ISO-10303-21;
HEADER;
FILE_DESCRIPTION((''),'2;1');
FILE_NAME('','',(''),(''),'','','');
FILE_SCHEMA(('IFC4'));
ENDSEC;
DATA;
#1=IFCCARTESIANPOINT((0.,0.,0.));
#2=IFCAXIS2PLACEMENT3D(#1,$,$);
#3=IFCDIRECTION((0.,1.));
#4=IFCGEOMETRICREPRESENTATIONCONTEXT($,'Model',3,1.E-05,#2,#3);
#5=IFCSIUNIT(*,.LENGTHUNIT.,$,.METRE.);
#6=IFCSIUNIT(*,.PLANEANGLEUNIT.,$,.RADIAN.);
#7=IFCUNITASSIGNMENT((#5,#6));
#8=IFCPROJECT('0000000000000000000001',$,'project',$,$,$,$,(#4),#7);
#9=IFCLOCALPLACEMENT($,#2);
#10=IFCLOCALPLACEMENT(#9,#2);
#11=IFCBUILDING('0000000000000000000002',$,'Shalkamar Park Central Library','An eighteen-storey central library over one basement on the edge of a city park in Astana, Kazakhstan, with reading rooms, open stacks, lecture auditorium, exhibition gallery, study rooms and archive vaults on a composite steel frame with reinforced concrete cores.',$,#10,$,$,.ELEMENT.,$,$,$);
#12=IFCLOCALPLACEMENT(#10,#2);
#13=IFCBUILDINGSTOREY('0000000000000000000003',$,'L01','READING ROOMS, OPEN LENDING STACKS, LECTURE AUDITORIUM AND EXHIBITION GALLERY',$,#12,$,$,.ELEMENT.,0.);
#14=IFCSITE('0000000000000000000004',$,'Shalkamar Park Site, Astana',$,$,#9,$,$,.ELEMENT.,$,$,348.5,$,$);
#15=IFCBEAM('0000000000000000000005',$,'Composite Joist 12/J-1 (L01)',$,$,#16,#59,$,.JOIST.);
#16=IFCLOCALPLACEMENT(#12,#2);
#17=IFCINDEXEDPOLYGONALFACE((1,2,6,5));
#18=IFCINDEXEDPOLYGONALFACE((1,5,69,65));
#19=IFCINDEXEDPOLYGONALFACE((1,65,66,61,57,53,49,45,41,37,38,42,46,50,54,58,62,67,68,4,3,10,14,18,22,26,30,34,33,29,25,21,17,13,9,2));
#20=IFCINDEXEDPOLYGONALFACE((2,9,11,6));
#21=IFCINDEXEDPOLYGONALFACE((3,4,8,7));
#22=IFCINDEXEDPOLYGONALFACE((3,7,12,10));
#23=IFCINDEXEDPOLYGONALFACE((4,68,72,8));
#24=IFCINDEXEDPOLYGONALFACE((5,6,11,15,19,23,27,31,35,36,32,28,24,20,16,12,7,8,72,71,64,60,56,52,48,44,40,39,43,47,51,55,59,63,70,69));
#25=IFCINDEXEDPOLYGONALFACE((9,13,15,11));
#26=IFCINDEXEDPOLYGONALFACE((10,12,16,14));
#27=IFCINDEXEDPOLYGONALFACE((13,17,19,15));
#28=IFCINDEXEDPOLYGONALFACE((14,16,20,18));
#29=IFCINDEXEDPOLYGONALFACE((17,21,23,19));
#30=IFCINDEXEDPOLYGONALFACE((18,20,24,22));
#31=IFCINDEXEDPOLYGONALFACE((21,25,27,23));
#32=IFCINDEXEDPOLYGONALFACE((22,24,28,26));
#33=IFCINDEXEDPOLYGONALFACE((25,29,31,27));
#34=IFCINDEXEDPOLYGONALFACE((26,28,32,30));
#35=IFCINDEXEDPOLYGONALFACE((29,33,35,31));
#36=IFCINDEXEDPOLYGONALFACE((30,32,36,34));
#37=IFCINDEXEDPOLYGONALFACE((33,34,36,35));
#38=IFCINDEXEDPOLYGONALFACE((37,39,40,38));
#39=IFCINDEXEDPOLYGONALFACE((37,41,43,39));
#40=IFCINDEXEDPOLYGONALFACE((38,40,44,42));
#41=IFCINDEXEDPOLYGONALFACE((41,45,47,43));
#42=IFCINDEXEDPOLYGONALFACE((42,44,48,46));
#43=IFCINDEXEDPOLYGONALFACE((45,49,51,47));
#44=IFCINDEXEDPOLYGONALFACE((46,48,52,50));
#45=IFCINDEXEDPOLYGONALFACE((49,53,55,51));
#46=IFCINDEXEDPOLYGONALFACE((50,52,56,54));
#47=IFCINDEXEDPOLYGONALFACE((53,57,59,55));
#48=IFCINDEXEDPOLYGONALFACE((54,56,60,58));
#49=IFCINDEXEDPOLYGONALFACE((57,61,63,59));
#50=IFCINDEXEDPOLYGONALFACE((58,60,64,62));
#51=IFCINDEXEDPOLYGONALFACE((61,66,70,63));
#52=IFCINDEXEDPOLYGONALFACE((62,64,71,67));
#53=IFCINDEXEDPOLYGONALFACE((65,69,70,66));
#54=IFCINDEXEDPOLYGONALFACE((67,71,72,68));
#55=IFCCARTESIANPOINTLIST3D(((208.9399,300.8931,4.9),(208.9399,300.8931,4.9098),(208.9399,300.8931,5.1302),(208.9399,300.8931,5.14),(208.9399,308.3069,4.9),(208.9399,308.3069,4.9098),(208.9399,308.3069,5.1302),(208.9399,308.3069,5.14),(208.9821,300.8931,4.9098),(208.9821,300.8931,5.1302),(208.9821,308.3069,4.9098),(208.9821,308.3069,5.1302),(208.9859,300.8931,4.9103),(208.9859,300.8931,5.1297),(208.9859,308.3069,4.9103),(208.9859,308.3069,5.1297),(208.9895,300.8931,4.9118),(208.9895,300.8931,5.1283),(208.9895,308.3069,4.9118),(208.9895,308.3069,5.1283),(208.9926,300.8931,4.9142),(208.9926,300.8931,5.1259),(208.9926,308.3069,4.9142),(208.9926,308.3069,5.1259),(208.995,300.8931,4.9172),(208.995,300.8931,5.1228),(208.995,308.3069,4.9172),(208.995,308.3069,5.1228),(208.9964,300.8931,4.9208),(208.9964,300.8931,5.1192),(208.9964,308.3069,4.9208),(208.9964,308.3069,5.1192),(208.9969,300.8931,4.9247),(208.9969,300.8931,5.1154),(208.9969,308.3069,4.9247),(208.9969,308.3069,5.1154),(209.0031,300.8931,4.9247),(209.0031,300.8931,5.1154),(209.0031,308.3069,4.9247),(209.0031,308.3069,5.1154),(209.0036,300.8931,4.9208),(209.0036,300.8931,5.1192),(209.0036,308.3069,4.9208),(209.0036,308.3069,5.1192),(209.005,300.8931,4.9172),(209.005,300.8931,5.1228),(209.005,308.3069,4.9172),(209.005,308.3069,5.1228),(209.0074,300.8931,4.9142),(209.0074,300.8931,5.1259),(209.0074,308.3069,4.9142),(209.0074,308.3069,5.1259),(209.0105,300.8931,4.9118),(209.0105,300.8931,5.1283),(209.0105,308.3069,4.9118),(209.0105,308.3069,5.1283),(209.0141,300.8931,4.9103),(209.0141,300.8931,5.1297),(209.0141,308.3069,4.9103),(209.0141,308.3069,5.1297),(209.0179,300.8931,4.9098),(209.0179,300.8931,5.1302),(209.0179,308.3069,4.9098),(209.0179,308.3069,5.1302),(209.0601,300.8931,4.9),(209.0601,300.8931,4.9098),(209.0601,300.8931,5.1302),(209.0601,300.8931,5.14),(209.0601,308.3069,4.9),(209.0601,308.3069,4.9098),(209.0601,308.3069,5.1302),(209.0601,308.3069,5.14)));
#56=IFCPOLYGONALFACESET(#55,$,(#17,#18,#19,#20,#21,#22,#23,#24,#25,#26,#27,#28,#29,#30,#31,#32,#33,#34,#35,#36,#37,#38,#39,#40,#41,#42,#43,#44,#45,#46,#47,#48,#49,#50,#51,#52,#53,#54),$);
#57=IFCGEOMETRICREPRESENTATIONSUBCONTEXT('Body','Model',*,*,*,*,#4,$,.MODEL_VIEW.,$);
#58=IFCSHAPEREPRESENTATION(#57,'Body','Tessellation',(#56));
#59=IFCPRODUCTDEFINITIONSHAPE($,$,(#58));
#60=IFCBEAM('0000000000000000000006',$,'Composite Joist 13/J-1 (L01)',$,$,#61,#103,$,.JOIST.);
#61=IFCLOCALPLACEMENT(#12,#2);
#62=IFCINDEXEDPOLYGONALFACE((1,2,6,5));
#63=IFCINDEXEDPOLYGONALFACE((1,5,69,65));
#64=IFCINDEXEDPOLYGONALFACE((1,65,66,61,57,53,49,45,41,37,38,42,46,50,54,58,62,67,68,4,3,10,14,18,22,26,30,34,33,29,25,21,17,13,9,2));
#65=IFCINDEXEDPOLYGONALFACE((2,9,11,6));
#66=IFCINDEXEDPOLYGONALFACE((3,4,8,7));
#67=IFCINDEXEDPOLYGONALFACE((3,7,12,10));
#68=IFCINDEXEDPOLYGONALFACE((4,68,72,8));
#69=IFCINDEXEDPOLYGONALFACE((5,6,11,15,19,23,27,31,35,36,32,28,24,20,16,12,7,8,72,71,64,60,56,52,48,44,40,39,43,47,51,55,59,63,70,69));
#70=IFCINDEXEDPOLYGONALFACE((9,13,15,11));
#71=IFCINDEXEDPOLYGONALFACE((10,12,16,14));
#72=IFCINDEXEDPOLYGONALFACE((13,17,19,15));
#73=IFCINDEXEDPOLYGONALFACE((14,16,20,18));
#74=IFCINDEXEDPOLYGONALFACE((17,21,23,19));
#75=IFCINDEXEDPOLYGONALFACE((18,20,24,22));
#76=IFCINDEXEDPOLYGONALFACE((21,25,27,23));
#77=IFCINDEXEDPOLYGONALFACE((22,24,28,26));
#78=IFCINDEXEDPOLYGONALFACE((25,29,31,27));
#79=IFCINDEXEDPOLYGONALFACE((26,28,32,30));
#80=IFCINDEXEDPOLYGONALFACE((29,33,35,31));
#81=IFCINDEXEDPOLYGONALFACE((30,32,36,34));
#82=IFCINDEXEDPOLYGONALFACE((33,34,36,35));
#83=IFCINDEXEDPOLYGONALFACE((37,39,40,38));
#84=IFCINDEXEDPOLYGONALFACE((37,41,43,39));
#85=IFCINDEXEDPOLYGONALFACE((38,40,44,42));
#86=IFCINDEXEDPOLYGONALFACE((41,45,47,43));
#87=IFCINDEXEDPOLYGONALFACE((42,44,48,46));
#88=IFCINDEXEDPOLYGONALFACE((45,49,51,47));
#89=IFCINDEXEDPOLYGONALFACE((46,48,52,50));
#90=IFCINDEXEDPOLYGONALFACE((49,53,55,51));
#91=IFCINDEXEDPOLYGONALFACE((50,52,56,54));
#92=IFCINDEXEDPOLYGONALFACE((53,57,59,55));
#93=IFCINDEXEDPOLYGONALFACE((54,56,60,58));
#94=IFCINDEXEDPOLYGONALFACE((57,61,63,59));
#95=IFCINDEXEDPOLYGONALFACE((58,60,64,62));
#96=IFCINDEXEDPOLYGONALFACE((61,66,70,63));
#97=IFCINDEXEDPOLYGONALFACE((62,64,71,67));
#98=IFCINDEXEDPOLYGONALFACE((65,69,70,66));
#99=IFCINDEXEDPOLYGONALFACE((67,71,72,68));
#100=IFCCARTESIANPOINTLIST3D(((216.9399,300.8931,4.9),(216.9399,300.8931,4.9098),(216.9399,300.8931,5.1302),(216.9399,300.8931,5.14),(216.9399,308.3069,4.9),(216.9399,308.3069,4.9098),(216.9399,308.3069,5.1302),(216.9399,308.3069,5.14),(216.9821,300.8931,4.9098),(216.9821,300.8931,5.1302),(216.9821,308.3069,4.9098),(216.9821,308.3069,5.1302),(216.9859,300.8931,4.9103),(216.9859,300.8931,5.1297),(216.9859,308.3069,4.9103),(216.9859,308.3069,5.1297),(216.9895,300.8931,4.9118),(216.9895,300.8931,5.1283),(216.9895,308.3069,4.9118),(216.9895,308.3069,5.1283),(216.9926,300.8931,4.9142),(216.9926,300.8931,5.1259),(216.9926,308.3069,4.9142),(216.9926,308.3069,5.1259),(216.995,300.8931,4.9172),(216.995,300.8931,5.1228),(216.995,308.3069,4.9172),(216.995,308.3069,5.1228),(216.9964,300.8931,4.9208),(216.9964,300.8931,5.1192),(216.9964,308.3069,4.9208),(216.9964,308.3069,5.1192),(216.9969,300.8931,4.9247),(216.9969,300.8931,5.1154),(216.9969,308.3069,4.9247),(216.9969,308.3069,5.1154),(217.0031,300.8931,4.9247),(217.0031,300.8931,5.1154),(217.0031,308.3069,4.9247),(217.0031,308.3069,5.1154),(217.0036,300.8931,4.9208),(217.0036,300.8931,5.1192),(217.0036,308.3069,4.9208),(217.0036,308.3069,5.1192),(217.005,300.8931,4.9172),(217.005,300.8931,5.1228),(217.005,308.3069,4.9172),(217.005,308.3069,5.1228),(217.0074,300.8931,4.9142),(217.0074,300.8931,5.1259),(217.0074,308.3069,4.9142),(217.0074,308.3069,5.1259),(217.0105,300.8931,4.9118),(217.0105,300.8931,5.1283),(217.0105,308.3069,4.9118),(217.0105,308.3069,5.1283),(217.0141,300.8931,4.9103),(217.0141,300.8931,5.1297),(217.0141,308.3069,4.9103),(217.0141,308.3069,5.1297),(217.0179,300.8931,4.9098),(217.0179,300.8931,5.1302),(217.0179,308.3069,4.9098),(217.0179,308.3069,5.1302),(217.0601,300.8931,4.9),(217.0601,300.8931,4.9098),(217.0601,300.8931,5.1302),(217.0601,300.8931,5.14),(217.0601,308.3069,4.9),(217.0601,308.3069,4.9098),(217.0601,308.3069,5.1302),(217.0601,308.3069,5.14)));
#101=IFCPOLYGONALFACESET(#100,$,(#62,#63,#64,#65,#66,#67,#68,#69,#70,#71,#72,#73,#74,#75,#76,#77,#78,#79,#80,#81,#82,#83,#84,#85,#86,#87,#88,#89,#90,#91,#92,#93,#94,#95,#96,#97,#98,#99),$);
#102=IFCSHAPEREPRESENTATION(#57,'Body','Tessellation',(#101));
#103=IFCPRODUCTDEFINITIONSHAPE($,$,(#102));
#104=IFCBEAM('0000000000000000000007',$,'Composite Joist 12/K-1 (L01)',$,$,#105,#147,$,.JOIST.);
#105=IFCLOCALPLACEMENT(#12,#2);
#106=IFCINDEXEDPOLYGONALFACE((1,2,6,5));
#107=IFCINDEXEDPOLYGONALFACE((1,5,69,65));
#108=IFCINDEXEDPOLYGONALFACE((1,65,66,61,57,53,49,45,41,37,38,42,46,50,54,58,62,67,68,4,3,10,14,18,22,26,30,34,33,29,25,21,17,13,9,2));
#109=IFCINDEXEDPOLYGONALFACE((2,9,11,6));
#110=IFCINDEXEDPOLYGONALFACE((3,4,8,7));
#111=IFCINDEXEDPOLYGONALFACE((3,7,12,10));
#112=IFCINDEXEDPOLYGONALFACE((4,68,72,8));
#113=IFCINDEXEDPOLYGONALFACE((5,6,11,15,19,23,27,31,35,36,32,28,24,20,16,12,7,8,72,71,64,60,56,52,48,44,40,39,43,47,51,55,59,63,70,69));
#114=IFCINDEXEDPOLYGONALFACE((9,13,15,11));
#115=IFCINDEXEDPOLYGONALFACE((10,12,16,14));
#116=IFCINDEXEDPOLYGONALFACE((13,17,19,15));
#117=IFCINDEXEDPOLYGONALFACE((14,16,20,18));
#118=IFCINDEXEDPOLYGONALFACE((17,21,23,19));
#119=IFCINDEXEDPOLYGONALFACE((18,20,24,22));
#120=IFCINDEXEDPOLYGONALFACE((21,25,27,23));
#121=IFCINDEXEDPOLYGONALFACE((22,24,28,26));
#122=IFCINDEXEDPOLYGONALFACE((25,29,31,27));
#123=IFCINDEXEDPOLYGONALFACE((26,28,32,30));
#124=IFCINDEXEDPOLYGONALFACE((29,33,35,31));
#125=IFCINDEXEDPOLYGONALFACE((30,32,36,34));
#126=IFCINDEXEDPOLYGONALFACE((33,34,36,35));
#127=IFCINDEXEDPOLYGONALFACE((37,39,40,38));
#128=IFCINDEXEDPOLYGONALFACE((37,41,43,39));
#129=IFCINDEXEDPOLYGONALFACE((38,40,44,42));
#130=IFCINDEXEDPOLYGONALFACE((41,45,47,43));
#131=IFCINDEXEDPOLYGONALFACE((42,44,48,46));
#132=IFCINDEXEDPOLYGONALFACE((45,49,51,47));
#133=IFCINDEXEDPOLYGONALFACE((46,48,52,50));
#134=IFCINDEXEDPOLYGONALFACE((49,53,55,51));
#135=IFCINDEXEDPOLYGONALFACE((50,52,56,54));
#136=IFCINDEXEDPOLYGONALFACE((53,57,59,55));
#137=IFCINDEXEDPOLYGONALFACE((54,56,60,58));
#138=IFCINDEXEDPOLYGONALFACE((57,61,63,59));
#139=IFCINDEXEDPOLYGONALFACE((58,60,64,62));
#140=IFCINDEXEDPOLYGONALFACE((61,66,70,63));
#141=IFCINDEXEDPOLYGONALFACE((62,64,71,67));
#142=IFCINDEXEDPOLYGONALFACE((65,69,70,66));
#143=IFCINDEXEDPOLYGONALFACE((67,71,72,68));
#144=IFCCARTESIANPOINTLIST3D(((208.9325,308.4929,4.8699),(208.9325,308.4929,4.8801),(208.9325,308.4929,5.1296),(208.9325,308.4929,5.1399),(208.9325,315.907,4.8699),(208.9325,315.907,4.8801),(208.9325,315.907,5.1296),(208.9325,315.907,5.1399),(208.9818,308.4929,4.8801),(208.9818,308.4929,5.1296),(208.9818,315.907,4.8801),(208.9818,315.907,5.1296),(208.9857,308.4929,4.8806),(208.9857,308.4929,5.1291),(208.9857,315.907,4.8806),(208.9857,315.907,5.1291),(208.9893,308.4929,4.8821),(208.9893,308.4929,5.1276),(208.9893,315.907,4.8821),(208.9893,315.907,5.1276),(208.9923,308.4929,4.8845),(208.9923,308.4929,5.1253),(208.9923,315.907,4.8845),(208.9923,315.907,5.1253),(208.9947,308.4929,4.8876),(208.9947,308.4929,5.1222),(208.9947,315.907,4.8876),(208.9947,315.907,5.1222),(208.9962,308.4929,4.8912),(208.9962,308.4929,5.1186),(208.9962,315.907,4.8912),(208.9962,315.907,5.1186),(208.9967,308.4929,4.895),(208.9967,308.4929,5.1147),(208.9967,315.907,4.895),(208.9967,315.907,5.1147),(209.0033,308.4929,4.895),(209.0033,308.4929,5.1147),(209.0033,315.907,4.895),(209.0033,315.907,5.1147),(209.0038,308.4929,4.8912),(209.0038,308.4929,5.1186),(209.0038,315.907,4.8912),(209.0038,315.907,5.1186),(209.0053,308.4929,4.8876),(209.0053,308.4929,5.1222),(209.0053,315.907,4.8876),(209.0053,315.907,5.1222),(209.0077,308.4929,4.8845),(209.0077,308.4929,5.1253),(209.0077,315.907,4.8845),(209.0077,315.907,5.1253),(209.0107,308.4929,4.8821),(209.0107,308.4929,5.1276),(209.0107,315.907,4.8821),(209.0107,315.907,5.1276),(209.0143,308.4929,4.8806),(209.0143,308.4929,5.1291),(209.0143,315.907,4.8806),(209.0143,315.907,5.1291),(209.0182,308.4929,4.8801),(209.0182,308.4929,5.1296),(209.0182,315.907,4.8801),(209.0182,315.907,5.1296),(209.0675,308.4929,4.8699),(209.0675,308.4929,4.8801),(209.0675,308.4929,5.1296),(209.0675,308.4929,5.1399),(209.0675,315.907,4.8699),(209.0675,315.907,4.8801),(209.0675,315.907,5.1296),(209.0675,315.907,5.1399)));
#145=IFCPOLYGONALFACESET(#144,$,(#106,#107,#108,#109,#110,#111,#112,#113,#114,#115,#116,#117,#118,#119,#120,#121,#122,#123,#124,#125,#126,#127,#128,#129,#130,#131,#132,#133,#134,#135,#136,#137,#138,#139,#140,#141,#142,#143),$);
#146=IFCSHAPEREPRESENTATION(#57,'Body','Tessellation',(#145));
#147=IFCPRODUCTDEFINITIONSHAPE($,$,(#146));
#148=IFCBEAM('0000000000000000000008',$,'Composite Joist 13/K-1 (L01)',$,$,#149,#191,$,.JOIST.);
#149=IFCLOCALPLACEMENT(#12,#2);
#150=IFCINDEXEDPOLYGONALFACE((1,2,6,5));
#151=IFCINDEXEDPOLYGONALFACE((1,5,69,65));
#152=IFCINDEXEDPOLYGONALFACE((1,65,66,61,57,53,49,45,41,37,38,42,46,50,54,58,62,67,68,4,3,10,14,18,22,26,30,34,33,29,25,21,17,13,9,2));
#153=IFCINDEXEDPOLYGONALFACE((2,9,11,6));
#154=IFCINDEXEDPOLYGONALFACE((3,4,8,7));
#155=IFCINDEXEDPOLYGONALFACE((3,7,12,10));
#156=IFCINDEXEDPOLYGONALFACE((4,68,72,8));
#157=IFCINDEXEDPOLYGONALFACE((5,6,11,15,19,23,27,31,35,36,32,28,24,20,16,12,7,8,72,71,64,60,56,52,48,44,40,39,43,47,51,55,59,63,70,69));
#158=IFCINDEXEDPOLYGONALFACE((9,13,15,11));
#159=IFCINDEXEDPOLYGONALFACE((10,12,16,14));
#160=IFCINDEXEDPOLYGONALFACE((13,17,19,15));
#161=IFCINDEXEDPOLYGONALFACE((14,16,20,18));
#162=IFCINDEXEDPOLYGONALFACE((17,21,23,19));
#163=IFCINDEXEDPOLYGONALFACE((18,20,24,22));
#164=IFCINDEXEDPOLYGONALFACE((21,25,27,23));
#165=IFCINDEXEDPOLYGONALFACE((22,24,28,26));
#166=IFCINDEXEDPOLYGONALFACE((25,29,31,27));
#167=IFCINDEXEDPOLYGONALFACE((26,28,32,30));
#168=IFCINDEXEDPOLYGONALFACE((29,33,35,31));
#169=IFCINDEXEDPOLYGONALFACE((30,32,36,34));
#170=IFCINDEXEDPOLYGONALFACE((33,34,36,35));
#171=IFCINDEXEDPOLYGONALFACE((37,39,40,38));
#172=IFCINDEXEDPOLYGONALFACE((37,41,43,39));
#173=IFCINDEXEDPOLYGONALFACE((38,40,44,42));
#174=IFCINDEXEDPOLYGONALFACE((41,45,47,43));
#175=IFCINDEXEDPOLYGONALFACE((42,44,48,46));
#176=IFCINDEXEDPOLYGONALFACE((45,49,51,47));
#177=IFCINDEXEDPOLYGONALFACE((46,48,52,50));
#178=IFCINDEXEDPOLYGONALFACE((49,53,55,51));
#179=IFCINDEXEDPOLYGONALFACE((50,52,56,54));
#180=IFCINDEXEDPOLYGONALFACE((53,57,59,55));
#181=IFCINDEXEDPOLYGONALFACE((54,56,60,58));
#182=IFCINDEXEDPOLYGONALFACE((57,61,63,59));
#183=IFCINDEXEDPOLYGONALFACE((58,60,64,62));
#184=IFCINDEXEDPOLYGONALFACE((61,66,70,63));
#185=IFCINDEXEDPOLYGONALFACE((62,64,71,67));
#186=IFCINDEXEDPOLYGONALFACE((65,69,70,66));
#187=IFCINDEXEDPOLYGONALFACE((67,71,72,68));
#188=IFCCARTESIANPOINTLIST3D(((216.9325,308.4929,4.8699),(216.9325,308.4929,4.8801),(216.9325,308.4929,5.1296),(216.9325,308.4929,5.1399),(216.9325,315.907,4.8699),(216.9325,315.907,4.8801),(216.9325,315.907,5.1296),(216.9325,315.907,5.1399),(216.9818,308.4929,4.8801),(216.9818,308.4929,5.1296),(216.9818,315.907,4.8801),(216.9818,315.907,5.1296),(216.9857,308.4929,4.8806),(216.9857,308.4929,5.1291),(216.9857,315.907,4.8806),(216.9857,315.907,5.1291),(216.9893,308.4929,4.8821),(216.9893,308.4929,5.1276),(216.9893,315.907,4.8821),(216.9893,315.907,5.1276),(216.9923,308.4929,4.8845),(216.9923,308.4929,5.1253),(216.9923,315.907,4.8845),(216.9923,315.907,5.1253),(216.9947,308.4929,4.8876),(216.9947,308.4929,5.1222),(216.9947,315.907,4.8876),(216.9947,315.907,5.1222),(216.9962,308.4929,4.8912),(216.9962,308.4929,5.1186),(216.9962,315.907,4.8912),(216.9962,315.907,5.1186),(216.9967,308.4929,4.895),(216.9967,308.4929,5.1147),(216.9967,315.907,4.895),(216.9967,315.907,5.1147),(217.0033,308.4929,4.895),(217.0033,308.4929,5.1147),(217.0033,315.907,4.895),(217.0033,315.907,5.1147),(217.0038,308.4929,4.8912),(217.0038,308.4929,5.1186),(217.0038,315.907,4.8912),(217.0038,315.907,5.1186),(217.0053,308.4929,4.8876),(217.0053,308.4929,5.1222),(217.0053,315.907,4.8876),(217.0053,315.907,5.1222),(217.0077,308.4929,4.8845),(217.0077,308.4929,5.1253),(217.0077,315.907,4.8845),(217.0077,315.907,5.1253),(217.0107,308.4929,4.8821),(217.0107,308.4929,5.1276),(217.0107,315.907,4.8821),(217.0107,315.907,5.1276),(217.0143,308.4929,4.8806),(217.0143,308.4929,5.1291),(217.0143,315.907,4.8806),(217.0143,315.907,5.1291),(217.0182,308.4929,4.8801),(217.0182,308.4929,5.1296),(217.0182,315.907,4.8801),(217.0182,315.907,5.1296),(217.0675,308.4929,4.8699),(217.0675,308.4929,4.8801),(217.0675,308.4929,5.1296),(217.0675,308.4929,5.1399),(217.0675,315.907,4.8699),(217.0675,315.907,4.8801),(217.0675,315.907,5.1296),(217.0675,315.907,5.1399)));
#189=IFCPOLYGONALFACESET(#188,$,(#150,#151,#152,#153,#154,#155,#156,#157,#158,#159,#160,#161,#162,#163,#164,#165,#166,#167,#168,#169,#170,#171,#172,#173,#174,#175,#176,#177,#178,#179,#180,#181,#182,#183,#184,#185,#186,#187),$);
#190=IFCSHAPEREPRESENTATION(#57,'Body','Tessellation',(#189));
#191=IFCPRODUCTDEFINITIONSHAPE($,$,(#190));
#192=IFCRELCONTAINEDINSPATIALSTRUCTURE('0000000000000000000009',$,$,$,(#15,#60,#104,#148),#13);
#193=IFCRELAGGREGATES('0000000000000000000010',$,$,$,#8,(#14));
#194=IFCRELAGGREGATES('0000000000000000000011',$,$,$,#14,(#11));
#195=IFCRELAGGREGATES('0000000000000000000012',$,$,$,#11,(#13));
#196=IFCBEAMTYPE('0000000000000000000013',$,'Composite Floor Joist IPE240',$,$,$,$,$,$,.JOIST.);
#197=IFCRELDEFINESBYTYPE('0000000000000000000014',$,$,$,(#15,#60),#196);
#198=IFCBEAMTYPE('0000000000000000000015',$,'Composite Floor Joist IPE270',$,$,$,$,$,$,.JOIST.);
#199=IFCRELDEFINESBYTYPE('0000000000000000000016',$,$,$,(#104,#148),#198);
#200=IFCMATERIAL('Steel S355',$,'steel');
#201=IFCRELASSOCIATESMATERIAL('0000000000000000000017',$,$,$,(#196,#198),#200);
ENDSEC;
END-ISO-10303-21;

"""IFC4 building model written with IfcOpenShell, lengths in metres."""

from ifc_helpers import new_model, si_unit, direction, frame, origin, origin_2d, place, context, subcontext, project, spatial, i_section, extrude, material, material_profile, profile_set, type_object, element, save


model = new_model("IFC4")

# Units and contexts
model_context = context("Model", 3, precision=1e-05, world=origin(), true_north=direction((0.0, 1.0)))
body_context = subcontext(model_context, "Body", "Model", "MODEL_VIEW")
ifc_project = project(units=[si_unit("LENGTHUNIT", "METRE"), si_unit("PLANEANGLEUNIT", "RADIAN")], contexts=[model_context])

# Site, building, storey
site_placement = place(None, origin())
site = spatial("IfcSite", under=ifc_project, at=site_placement, Name="Shalkamar Park Site, Astana", CompositionType="ELEMENT", RefElevation=348.5)
building_placement = place(site_placement, origin())
building = spatial("IfcBuilding", under=site, at=building_placement, Name="Shalkamar Park Central Library", Description="An eighteen-storey central library over one basement on the edge of a city park in Astana, Kazakhstan, with reading rooms, open stacks, lecture auditorium, exhibition gallery, study rooms and archive vaults on a composite steel frame with reinforced concrete cores.", CompositionType="ELEMENT")
storey_placement = place(building_placement, origin())
storey = spatial("IfcBuildingStorey", under=building, at=storey_placement, Name="L01", Description="READING ROOMS, OPEN LENDING STACKS, LECTURE AUDITORIUM AND EXHIBITION GALLERY", CompositionType="ELEMENT", Elevation=0.0)

# Shared definitions
ifc_material_1 = material(Name="Steel S355", Category="steel")

# Beams
ifc_material_profile_1 = material_profile(ifc_material_1, i_section(OverallWidth=0.1201, OverallDepth=0.24, WebThickness=0.0061, FlangeThickness=0.0098, FilletRadius=0.0149, at=origin_2d()), Name="IPE 240")
ifc_profile_set_1 = profile_set([ifc_material_profile_1], Name="Steel S355")
beam_type_1 = type_object("IfcBeamType", Name="Composite Floor Joist IPE240", PredefinedType="JOIST", material=ifc_profile_set_1)
for number, where, z_axis, x_axis, name in (
    (1, (209.0, 300.8931, 5.02), (0.0, 1.0, 0.0), (-1.0, 0.0, 0.0), "Composite Joist 12/J-1 (L01)"),
    (2, (217.0, 300.8931, 5.02), (0.0, 1.0, 0.0), (-1.0, 0.0, 0.0), "Composite Joist 13/J-1 (L01)"),
):
    element("IfcBeam", number, at=place(storey_placement, frame(where, z_axis=z_axis, x_axis=x_axis)), inside=storey, type_object=beam_type_1, Name=name, PredefinedType="JOIST", context=body_context, shape_type="SweptSolid", body=[
        extrude(i_section(OverallWidth=0.1201, OverallDepth=0.24, WebThickness=0.0061, FlangeThickness=0.0098, FilletRadius=0.0149, at=origin_2d()), origin(), (0.0, 0.0, 1.0), 7.4138),
    ])
ifc_material_profile_2 = material_profile(ifc_material_1, i_section(OverallWidth=0.135, OverallDepth=0.27, WebThickness=0.0066, FlangeThickness=0.0103, FilletRadius=0.0149, at=origin_2d()), Name="IPE 270")
ifc_profile_set_2 = profile_set([ifc_material_profile_2], Name="Steel S355")
beam_type_2 = type_object("IfcBeamType", Name="Composite Floor Joist IPE270", PredefinedType="JOIST", material=ifc_profile_set_2)
for number, where, z_axis, x_axis, name in (
    (3, (209.0, 308.4929, 5.0049), (0.0, 1.0, 0.0), (-1.0, 0.0, 0.0), "Composite Joist 12/K-1 (L01)"),
    (4, (217.0, 308.4929, 5.0049), (0.0, 1.0, 0.0), (-1.0, 0.0, 0.0), "Composite Joist 13/K-1 (L01)"),
):
    element("IfcBeam", number, at=place(storey_placement, frame(where, z_axis=z_axis, x_axis=x_axis)), inside=storey, type_object=beam_type_2, Name=name, PredefinedType="JOIST", context=body_context, shape_type="SweptSolid", body=[
        extrude(i_section(OverallWidth=0.135, OverallDepth=0.27, WebThickness=0.0066, FlangeThickness=0.0103, FilletRadius=0.0149, at=origin_2d()), origin(), (0.0, 0.0, 1.0), 7.4141),
    ])

save(model, "model.ifc")
